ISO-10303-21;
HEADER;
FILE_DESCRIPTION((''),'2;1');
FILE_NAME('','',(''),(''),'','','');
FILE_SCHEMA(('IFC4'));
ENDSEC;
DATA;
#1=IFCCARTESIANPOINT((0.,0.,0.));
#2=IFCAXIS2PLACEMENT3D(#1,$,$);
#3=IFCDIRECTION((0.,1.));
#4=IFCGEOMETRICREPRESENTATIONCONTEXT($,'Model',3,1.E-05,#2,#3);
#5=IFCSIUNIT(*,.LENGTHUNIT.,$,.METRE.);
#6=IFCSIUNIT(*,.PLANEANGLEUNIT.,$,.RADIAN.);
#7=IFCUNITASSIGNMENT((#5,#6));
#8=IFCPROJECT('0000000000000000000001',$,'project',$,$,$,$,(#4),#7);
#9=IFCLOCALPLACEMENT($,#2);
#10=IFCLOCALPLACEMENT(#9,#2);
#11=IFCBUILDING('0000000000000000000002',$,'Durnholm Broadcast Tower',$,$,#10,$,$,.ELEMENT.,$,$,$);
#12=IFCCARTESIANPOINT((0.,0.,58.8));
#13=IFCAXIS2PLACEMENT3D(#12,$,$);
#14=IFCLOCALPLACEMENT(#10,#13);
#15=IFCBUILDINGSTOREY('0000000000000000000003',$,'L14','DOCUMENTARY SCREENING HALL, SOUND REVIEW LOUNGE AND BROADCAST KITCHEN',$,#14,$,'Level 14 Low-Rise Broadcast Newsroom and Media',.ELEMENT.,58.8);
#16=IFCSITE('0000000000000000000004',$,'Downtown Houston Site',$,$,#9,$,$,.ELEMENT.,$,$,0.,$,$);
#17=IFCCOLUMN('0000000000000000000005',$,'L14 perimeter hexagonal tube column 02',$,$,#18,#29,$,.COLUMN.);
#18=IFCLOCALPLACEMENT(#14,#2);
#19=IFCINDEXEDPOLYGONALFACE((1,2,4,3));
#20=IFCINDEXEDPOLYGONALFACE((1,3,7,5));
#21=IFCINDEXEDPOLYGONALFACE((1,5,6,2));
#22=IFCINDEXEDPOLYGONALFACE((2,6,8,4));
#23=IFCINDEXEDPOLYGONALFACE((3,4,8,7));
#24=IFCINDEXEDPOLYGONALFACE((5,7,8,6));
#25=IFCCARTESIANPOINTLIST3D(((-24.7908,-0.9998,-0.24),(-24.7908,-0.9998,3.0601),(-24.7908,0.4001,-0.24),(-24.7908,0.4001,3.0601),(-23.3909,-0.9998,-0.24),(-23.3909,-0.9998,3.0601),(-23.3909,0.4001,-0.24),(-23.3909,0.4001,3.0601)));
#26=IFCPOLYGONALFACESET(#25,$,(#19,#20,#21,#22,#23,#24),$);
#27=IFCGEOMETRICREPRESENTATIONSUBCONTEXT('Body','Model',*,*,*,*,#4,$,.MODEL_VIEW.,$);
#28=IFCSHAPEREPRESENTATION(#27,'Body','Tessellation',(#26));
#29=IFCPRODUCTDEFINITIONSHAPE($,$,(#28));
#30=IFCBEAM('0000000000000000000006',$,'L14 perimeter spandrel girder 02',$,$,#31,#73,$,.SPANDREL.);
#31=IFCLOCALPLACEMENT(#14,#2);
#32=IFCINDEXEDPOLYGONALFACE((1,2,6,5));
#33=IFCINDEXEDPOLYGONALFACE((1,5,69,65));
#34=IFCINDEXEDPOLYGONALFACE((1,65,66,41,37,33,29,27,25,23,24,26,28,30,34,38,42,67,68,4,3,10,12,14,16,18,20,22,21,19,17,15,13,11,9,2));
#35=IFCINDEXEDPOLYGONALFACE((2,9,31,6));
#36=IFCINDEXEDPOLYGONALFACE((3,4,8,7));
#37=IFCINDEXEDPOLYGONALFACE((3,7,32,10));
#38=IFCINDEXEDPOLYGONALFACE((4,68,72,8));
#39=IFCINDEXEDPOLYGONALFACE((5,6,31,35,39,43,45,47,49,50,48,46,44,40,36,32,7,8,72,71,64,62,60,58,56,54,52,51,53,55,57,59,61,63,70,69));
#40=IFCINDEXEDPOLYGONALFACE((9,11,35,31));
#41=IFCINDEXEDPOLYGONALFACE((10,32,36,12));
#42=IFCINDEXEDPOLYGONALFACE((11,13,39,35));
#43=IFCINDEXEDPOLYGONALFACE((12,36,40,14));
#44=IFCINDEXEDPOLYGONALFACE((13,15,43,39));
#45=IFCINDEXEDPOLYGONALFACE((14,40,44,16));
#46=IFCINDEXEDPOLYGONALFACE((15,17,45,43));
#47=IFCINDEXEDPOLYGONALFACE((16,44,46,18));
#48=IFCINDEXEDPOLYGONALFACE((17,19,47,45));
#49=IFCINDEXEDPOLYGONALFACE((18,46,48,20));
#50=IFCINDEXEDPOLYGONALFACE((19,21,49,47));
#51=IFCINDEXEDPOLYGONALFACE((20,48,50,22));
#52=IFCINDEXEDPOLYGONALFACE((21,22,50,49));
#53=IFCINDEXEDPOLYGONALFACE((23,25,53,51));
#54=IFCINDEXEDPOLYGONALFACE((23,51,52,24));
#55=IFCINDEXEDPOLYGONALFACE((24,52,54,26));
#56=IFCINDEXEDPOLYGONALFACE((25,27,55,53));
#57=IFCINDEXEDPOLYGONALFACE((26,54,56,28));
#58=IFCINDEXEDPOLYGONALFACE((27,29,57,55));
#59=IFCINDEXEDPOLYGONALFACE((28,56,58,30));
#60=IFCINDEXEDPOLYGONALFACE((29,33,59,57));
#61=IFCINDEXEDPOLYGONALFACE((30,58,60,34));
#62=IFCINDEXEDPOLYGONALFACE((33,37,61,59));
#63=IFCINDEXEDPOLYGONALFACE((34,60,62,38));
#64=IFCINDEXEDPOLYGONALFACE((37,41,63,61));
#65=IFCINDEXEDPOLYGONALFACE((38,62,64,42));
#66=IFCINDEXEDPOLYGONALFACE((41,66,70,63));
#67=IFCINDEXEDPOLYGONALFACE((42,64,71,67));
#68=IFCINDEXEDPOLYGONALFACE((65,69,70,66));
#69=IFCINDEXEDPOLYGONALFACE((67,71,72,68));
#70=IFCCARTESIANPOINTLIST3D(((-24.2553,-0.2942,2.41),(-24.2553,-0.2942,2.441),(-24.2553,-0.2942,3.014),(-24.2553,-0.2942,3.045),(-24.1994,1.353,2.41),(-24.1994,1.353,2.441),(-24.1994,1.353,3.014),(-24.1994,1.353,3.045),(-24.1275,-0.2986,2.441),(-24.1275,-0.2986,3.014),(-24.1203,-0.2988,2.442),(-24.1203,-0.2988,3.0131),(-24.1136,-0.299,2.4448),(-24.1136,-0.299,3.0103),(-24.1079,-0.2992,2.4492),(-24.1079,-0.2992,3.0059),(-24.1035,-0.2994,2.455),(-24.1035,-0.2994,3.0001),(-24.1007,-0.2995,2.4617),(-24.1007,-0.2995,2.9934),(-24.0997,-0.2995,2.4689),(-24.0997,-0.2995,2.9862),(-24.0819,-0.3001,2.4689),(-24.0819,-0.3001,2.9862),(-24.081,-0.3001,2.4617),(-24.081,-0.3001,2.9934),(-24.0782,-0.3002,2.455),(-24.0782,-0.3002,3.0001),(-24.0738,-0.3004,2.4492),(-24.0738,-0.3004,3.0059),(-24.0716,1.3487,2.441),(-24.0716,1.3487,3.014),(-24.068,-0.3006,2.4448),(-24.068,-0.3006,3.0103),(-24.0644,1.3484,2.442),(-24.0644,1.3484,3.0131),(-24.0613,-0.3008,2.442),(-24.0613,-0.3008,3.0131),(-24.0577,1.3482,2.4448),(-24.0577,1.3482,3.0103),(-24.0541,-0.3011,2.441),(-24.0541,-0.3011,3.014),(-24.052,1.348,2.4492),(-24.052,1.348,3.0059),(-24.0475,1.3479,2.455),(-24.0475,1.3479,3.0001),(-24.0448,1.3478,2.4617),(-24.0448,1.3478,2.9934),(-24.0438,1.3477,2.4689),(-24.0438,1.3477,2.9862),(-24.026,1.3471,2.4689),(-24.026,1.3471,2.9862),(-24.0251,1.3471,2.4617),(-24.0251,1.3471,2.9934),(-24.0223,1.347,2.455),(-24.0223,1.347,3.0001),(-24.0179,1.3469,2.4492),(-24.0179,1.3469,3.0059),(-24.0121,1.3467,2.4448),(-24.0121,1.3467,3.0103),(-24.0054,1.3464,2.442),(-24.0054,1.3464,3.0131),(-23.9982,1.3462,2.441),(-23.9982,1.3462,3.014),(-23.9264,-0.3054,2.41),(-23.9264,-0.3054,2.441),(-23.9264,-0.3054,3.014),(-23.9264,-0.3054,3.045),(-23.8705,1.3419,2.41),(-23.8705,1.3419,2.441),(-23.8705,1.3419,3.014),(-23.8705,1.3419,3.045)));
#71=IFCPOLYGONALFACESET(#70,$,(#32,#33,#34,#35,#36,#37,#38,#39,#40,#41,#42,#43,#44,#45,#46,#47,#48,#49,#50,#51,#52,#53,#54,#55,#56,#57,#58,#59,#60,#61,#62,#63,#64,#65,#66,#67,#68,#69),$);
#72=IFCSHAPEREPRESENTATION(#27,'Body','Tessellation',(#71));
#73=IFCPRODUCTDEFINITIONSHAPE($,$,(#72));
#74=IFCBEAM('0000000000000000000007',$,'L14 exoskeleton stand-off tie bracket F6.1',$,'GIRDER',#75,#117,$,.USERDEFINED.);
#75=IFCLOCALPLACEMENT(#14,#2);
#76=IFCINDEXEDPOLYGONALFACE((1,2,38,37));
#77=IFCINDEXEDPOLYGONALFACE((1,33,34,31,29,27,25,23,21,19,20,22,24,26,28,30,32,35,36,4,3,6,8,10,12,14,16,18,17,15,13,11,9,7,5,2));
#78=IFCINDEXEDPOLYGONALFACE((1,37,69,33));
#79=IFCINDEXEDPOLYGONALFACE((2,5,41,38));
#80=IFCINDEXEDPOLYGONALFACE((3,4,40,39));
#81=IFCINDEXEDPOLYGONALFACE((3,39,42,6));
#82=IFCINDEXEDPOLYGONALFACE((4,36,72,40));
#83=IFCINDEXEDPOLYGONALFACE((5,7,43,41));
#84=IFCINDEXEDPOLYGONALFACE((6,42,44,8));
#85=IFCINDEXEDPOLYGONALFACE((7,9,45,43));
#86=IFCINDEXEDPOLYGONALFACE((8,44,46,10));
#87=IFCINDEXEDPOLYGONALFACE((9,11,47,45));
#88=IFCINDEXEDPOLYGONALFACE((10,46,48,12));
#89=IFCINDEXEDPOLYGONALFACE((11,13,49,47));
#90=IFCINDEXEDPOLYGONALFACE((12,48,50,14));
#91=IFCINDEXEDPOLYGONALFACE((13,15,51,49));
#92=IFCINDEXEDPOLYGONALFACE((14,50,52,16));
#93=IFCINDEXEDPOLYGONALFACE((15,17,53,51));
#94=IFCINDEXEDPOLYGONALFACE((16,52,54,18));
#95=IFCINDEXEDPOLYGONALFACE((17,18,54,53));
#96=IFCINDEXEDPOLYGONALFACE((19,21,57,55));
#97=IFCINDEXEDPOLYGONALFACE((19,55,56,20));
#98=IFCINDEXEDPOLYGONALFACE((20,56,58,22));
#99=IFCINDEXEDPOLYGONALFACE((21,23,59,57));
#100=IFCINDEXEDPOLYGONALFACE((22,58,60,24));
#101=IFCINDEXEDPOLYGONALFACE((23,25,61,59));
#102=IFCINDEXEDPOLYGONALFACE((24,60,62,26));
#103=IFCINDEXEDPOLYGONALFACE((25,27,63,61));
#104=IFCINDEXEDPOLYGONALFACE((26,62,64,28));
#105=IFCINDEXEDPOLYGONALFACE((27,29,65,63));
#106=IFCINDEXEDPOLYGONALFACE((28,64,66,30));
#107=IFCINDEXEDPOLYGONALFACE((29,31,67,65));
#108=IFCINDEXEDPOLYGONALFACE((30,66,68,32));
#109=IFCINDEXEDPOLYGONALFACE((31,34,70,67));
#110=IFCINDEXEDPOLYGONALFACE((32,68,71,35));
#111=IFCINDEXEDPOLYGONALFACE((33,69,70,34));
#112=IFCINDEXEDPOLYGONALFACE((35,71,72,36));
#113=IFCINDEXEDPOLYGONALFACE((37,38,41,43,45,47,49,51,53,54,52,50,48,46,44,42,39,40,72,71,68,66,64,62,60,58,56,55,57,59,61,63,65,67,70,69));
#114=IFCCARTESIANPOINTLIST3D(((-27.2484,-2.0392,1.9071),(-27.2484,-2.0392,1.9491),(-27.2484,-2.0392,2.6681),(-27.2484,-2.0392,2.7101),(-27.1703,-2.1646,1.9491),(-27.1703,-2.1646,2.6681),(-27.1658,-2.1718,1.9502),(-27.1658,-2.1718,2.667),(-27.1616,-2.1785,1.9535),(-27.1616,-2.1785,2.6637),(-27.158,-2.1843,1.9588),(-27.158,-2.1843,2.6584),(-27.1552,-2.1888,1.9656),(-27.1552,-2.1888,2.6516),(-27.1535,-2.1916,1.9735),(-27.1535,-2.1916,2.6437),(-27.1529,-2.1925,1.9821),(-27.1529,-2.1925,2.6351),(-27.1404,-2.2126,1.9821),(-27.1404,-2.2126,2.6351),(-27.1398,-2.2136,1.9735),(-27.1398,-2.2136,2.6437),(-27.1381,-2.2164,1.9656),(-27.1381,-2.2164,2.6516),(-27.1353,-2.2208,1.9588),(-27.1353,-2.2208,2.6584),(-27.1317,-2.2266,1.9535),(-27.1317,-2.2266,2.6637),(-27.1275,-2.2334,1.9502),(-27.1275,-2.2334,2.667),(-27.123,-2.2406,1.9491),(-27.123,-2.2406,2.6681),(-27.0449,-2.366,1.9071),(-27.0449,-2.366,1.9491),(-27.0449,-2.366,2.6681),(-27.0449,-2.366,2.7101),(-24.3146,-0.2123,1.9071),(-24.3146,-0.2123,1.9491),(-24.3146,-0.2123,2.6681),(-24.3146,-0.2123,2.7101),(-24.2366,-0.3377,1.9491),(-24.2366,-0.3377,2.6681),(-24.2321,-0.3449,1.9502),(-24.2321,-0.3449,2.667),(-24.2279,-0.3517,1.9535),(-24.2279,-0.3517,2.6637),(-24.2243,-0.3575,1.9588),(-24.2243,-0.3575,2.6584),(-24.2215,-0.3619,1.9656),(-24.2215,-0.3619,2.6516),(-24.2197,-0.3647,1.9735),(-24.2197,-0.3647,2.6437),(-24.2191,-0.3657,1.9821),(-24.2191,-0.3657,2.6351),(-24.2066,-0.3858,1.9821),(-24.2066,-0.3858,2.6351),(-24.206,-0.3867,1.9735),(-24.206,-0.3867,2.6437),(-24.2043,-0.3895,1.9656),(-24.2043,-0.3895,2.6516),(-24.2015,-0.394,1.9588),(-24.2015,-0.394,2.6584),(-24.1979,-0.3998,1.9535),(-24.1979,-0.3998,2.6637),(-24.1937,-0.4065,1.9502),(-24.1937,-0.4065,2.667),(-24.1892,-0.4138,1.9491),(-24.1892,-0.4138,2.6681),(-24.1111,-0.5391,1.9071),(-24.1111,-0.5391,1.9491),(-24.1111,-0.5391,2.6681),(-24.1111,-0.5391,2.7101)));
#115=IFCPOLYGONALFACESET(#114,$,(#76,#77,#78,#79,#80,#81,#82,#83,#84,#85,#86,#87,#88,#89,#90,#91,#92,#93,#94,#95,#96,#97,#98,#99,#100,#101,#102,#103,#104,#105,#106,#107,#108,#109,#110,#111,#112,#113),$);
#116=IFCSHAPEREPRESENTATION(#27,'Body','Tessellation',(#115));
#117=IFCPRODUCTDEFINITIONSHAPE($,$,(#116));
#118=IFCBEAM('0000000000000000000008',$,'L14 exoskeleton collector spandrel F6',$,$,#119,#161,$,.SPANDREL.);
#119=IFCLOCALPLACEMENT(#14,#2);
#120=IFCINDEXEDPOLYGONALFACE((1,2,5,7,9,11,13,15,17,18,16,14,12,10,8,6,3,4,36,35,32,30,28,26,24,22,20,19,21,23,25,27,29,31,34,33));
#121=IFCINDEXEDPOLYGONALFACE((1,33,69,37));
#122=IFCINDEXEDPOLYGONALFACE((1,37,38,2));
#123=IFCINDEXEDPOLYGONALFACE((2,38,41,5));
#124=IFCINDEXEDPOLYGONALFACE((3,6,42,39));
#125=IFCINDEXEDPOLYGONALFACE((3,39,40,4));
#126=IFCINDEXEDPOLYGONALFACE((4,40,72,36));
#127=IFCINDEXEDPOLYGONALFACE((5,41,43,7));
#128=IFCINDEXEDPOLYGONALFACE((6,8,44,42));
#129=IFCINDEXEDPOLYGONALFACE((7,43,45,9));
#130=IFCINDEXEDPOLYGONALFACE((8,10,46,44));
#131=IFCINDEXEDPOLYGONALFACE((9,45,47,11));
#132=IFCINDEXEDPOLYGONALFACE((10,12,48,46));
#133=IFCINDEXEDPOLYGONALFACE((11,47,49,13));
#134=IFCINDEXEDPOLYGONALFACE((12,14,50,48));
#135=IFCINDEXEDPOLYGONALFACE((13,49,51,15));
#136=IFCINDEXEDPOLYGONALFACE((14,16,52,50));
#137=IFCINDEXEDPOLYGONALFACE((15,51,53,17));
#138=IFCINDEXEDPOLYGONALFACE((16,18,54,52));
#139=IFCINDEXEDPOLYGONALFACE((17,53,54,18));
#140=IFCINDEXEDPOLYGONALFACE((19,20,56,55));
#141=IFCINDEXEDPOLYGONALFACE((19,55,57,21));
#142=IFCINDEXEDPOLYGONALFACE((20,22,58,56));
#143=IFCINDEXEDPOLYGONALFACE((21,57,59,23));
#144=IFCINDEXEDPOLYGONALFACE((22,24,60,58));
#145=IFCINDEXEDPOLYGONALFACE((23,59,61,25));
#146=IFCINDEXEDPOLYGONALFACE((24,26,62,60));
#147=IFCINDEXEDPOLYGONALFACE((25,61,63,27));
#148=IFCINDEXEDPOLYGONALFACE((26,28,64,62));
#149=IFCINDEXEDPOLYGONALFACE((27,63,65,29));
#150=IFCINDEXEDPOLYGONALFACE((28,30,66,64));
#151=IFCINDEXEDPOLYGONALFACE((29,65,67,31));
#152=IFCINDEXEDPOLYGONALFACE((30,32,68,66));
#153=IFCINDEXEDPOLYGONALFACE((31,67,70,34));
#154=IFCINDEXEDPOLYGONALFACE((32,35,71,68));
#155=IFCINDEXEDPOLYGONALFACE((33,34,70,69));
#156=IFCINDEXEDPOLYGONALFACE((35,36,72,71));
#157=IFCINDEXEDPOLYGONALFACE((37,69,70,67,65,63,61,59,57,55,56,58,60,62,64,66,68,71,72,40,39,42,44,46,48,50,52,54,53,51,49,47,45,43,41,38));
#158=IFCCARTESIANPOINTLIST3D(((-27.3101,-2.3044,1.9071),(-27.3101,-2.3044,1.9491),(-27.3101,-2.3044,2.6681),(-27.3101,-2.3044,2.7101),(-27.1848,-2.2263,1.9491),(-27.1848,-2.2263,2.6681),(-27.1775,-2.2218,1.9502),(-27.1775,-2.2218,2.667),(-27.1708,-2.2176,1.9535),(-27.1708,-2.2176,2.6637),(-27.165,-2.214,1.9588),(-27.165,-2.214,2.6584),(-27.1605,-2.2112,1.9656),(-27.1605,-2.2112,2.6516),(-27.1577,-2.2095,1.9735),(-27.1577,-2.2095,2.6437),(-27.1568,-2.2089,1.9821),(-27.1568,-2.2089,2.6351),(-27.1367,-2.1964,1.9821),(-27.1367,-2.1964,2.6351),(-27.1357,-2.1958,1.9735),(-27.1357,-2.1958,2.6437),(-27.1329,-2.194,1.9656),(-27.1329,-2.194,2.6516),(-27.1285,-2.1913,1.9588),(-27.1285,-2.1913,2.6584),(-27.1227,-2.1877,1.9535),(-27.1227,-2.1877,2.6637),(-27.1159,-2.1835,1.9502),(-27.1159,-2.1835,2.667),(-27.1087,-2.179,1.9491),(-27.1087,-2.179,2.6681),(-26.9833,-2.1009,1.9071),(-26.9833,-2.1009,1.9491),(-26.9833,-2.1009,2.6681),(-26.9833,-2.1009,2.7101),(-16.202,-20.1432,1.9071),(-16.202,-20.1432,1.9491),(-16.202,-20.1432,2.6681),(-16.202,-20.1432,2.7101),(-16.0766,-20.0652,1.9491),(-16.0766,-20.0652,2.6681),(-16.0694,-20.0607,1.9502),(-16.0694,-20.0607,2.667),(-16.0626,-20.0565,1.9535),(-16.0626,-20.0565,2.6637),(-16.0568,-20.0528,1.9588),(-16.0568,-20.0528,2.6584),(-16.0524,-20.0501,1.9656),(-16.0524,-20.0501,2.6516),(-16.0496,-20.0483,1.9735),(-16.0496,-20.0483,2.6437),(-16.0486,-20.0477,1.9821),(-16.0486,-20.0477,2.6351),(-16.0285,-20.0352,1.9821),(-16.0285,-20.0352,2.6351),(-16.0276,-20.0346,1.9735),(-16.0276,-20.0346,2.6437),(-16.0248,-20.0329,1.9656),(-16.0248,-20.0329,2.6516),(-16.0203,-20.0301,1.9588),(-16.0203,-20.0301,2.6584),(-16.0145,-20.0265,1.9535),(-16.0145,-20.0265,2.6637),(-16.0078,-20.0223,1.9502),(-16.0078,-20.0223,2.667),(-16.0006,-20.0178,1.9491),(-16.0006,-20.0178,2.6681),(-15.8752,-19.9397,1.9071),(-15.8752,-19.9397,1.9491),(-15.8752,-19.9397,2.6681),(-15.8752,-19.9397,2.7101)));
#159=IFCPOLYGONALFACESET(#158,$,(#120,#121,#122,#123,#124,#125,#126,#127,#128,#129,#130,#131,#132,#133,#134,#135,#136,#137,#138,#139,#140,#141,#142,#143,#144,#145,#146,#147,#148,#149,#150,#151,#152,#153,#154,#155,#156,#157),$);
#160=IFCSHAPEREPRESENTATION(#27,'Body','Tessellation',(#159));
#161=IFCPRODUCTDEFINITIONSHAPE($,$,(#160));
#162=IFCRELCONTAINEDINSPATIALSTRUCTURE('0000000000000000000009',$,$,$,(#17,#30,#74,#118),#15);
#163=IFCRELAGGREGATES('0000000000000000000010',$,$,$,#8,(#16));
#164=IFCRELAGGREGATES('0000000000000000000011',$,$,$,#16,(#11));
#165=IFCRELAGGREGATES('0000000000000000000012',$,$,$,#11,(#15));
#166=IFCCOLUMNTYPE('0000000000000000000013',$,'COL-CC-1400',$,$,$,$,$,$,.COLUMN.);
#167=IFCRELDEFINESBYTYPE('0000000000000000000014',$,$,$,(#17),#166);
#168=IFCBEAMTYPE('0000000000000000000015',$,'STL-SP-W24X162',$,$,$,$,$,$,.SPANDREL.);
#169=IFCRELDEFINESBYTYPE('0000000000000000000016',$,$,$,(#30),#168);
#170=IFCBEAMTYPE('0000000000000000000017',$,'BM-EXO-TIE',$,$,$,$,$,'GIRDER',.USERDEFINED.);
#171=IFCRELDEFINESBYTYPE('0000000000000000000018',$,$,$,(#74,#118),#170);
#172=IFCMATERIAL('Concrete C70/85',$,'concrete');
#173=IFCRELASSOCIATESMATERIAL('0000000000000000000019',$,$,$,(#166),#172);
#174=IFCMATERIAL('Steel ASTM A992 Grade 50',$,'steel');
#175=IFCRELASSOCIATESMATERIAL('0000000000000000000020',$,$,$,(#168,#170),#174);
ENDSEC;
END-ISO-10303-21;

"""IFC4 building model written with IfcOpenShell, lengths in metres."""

from ifc_helpers import new_model, si_unit, direction, frame, origin, origin_2d, place, context, subcontext, project, spatial, rectangle, i_section, extrude, source, transform, mapped, material, material_profile, profile_set, type_object, type_shapes, element, save


model = new_model("IFC4")

# Units and contexts
model_context = context("Model", 3, precision=1e-05, world=origin(), true_north=direction((0.0, 1.0)))
body_context = subcontext(model_context, "Body", "Model", "MODEL_VIEW")
ifc_project = project(units=[si_unit("LENGTHUNIT", "METRE"), si_unit("PLANEANGLEUNIT", "RADIAN")], contexts=[model_context])

# Site, building, storey
site_placement = place(None, origin())
site = spatial("IfcSite", under=ifc_project, at=site_placement, Name="Downtown Houston Site", CompositionType="ELEMENT", RefElevation=0.0)
building_placement = place(site_placement, origin())
building = spatial("IfcBuilding", under=site, at=building_placement, Name="Durnholm Broadcast Tower", CompositionType="ELEMENT")
storey_placement = place(building_placement, frame((0.0, 0.0, 58.8)))
storey = spatial("IfcBuildingStorey", under=building, at=storey_placement, Name="L14", Description="DOCUMENTARY SCREENING HALL, SOUND REVIEW LOUNGE AND BROADCAST KITCHEN", LongName="Level 14 Low-Rise Broadcast Newsroom and Media", CompositionType="ELEMENT", Elevation=58.8)

# Column
ifc_material_1 = material(Name="Concrete C70/85", Category="concrete")
ifc_material_profile_1 = material_profile(ifc_material_1, rectangle(XDim=1.3999, YDim=1.3999, at=origin_2d()), Name="RC1400X1400")
ifc_profile_set_1 = profile_set([ifc_material_profile_1], Name="Concrete C70/85")
column_type = type_object("IfcColumnType", Name="COL-CC-1400", PredefinedType="COLUMN", material=ifc_profile_set_1)
shared_shape_1 = source(origin(), body_context, "Body", "SweptSolid", [
    extrude(rectangle(XDim=1.3999, YDim=1.3999, at=origin_2d()), origin(), (0.0, 0.0, 1.0), 3.3),
])
type_shapes(column_type, [shared_shape_1])
column_placement = place(storey_placement, frame((-24.0908, -0.2998, -0.24), z_axis=(0.0, 0.0, 1.0), x_axis=(1.0, 0.0, 0.0)))
element("IfcColumn", 1, at=column_placement, inside=storey, type_object=column_type, Name="L14 perimeter hexagonal tube column 02", PredefinedType="COLUMN", context=body_context, shape_type="MappedRepresentation", body=[
    mapped(shared_shape_1, transform((0.0, 0.0, 0.0), x_axis=(1.0, 0.0, 0.0), y_axis=(0.0, 1.0, 0.0), z_axis=(0.0, 0.0, 1.0), scale=1.0)),
])

# Beams
ifc_material_2 = material(Name="Steel ASTM A992 Grade 50", Category="steel")
ifc_material_profile_2 = material_profile(ifc_material_2, i_section(OverallWidth=0.3291, OverallDepth=0.635, WebThickness=0.0178, FlangeThickness=0.031, FilletRadius=0.0278, at=origin_2d()), Name="W24X162")
ifc_profile_set_2 = profile_set([ifc_material_profile_2], Name="Steel ASTM A992 Grade 50")
beam_type_1 = type_object("IfcBeamType", Name="STL-SP-W24X162", PredefinedType="SPANDREL", material=ifc_profile_set_2)
shared_shape_2 = source(origin(), body_context, "Body", "SweptSolid", [
    extrude(i_section(OverallWidth=0.3291, OverallDepth=0.635, WebThickness=0.0178, FlangeThickness=0.031, FilletRadius=0.0278, at=origin_2d()), origin(), (0.0, 0.0, 1.0), 1.6482),
])
type_shapes(beam_type_1, [shared_shape_2])
beam_1_placement = place(storey_placement, frame((-24.0908, -0.2998, 2.7275), z_axis=(0.033921, 0.999425, 0.0), x_axis=(-0.999425, 0.033921, 0.0)))
element("IfcBeam", 2, at=beam_1_placement, inside=storey, type_object=beam_type_1, Name="L14 perimeter spandrel girder 02", PredefinedType="SPANDREL", context=body_context, shape_type="MappedRepresentation", body=[
    mapped(shared_shape_2, transform((0.0, 0.0, 0.0), x_axis=(1.0, 0.0, 0.0), y_axis=(0.0, 1.0, 0.0), z_axis=(0.0, 0.0, 1.0), scale=1.0)),
])
ifc_material_profile_3 = material_profile(ifc_material_2, i_section(OverallWidth=0.385, OverallDepth=0.803, WebThickness=0.0237, FlangeThickness=0.042, FilletRadius=0.033, at=origin_2d()), Name="W30X261")
ifc_profile_set_3 = profile_set([ifc_material_profile_3], Name="Steel ASTM A992 Grade 50")
beam_type_2 = type_object("IfcBeamType", Name="BM-EXO-TIE", ElementType="GIRDER", PredefinedType="USERDEFINED", material=ifc_profile_set_3)
shared_shape_3 = source(origin(), body_context, "Body", "SweptSolid", [
    extrude(i_section(OverallWidth=0.385, OverallDepth=0.803, WebThickness=0.0237, FlangeThickness=0.042, FilletRadius=0.033, at=origin_2d()), origin(), (0.0, 0.0, 1.0), 3.4561),
])
beam_2_placement = place(storey_placement, frame((-24.2129, -0.3757, 2.3086), z_axis=(-0.848874, -0.528595, 0.0), x_axis=(0.528595, -0.848874, 0.0)))
element("IfcBeam", 3, at=beam_2_placement, inside=storey, type_object=beam_type_2, Name="L14 exoskeleton stand-off tie bracket F6.1", ObjectType="GIRDER", PredefinedType="USERDEFINED", context=body_context, shape_type="MappedRepresentation", body=[
    mapped(shared_shape_3, transform((0.0, 0.0, 0.0), x_axis=(1.0, 0.0, 0.0), y_axis=(0.0, 1.0, 0.0), z_axis=(0.0, 0.0, 1.0), scale=1.0)),
])
shared_shape_4 = source(origin(), body_context, "Body", "SweptSolid", [
    extrude(i_section(OverallWidth=0.385, OverallDepth=0.803, WebThickness=0.0237, FlangeThickness=0.042, FilletRadius=0.033, at=origin_2d()), origin(), (0.0, 0.0, 1.0), 21.0146),
])
type_shapes(beam_type_2, [shared_shape_3, shared_shape_4])
beam_3_placement = place(storey_placement, frame((-27.1467, -2.2026, 2.3086), z_axis=(0.528591, -0.848877, 0.0), x_axis=(0.848877, 0.528591, 0.0)))
element("IfcBeam", 4, at=beam_3_placement, inside=storey, type_object=beam_type_2, Name="L14 exoskeleton collector spandrel F6", PredefinedType="SPANDREL", context=body_context, shape_type="MappedRepresentation", body=[
    mapped(shared_shape_4, transform((0.0, 0.0, 0.0), x_axis=(1.0, 0.0, 0.0), y_axis=(0.0, 1.0, 0.0), z_axis=(0.0, 0.0, 1.0), scale=1.0)),
])

save(model, "model.ifc")
